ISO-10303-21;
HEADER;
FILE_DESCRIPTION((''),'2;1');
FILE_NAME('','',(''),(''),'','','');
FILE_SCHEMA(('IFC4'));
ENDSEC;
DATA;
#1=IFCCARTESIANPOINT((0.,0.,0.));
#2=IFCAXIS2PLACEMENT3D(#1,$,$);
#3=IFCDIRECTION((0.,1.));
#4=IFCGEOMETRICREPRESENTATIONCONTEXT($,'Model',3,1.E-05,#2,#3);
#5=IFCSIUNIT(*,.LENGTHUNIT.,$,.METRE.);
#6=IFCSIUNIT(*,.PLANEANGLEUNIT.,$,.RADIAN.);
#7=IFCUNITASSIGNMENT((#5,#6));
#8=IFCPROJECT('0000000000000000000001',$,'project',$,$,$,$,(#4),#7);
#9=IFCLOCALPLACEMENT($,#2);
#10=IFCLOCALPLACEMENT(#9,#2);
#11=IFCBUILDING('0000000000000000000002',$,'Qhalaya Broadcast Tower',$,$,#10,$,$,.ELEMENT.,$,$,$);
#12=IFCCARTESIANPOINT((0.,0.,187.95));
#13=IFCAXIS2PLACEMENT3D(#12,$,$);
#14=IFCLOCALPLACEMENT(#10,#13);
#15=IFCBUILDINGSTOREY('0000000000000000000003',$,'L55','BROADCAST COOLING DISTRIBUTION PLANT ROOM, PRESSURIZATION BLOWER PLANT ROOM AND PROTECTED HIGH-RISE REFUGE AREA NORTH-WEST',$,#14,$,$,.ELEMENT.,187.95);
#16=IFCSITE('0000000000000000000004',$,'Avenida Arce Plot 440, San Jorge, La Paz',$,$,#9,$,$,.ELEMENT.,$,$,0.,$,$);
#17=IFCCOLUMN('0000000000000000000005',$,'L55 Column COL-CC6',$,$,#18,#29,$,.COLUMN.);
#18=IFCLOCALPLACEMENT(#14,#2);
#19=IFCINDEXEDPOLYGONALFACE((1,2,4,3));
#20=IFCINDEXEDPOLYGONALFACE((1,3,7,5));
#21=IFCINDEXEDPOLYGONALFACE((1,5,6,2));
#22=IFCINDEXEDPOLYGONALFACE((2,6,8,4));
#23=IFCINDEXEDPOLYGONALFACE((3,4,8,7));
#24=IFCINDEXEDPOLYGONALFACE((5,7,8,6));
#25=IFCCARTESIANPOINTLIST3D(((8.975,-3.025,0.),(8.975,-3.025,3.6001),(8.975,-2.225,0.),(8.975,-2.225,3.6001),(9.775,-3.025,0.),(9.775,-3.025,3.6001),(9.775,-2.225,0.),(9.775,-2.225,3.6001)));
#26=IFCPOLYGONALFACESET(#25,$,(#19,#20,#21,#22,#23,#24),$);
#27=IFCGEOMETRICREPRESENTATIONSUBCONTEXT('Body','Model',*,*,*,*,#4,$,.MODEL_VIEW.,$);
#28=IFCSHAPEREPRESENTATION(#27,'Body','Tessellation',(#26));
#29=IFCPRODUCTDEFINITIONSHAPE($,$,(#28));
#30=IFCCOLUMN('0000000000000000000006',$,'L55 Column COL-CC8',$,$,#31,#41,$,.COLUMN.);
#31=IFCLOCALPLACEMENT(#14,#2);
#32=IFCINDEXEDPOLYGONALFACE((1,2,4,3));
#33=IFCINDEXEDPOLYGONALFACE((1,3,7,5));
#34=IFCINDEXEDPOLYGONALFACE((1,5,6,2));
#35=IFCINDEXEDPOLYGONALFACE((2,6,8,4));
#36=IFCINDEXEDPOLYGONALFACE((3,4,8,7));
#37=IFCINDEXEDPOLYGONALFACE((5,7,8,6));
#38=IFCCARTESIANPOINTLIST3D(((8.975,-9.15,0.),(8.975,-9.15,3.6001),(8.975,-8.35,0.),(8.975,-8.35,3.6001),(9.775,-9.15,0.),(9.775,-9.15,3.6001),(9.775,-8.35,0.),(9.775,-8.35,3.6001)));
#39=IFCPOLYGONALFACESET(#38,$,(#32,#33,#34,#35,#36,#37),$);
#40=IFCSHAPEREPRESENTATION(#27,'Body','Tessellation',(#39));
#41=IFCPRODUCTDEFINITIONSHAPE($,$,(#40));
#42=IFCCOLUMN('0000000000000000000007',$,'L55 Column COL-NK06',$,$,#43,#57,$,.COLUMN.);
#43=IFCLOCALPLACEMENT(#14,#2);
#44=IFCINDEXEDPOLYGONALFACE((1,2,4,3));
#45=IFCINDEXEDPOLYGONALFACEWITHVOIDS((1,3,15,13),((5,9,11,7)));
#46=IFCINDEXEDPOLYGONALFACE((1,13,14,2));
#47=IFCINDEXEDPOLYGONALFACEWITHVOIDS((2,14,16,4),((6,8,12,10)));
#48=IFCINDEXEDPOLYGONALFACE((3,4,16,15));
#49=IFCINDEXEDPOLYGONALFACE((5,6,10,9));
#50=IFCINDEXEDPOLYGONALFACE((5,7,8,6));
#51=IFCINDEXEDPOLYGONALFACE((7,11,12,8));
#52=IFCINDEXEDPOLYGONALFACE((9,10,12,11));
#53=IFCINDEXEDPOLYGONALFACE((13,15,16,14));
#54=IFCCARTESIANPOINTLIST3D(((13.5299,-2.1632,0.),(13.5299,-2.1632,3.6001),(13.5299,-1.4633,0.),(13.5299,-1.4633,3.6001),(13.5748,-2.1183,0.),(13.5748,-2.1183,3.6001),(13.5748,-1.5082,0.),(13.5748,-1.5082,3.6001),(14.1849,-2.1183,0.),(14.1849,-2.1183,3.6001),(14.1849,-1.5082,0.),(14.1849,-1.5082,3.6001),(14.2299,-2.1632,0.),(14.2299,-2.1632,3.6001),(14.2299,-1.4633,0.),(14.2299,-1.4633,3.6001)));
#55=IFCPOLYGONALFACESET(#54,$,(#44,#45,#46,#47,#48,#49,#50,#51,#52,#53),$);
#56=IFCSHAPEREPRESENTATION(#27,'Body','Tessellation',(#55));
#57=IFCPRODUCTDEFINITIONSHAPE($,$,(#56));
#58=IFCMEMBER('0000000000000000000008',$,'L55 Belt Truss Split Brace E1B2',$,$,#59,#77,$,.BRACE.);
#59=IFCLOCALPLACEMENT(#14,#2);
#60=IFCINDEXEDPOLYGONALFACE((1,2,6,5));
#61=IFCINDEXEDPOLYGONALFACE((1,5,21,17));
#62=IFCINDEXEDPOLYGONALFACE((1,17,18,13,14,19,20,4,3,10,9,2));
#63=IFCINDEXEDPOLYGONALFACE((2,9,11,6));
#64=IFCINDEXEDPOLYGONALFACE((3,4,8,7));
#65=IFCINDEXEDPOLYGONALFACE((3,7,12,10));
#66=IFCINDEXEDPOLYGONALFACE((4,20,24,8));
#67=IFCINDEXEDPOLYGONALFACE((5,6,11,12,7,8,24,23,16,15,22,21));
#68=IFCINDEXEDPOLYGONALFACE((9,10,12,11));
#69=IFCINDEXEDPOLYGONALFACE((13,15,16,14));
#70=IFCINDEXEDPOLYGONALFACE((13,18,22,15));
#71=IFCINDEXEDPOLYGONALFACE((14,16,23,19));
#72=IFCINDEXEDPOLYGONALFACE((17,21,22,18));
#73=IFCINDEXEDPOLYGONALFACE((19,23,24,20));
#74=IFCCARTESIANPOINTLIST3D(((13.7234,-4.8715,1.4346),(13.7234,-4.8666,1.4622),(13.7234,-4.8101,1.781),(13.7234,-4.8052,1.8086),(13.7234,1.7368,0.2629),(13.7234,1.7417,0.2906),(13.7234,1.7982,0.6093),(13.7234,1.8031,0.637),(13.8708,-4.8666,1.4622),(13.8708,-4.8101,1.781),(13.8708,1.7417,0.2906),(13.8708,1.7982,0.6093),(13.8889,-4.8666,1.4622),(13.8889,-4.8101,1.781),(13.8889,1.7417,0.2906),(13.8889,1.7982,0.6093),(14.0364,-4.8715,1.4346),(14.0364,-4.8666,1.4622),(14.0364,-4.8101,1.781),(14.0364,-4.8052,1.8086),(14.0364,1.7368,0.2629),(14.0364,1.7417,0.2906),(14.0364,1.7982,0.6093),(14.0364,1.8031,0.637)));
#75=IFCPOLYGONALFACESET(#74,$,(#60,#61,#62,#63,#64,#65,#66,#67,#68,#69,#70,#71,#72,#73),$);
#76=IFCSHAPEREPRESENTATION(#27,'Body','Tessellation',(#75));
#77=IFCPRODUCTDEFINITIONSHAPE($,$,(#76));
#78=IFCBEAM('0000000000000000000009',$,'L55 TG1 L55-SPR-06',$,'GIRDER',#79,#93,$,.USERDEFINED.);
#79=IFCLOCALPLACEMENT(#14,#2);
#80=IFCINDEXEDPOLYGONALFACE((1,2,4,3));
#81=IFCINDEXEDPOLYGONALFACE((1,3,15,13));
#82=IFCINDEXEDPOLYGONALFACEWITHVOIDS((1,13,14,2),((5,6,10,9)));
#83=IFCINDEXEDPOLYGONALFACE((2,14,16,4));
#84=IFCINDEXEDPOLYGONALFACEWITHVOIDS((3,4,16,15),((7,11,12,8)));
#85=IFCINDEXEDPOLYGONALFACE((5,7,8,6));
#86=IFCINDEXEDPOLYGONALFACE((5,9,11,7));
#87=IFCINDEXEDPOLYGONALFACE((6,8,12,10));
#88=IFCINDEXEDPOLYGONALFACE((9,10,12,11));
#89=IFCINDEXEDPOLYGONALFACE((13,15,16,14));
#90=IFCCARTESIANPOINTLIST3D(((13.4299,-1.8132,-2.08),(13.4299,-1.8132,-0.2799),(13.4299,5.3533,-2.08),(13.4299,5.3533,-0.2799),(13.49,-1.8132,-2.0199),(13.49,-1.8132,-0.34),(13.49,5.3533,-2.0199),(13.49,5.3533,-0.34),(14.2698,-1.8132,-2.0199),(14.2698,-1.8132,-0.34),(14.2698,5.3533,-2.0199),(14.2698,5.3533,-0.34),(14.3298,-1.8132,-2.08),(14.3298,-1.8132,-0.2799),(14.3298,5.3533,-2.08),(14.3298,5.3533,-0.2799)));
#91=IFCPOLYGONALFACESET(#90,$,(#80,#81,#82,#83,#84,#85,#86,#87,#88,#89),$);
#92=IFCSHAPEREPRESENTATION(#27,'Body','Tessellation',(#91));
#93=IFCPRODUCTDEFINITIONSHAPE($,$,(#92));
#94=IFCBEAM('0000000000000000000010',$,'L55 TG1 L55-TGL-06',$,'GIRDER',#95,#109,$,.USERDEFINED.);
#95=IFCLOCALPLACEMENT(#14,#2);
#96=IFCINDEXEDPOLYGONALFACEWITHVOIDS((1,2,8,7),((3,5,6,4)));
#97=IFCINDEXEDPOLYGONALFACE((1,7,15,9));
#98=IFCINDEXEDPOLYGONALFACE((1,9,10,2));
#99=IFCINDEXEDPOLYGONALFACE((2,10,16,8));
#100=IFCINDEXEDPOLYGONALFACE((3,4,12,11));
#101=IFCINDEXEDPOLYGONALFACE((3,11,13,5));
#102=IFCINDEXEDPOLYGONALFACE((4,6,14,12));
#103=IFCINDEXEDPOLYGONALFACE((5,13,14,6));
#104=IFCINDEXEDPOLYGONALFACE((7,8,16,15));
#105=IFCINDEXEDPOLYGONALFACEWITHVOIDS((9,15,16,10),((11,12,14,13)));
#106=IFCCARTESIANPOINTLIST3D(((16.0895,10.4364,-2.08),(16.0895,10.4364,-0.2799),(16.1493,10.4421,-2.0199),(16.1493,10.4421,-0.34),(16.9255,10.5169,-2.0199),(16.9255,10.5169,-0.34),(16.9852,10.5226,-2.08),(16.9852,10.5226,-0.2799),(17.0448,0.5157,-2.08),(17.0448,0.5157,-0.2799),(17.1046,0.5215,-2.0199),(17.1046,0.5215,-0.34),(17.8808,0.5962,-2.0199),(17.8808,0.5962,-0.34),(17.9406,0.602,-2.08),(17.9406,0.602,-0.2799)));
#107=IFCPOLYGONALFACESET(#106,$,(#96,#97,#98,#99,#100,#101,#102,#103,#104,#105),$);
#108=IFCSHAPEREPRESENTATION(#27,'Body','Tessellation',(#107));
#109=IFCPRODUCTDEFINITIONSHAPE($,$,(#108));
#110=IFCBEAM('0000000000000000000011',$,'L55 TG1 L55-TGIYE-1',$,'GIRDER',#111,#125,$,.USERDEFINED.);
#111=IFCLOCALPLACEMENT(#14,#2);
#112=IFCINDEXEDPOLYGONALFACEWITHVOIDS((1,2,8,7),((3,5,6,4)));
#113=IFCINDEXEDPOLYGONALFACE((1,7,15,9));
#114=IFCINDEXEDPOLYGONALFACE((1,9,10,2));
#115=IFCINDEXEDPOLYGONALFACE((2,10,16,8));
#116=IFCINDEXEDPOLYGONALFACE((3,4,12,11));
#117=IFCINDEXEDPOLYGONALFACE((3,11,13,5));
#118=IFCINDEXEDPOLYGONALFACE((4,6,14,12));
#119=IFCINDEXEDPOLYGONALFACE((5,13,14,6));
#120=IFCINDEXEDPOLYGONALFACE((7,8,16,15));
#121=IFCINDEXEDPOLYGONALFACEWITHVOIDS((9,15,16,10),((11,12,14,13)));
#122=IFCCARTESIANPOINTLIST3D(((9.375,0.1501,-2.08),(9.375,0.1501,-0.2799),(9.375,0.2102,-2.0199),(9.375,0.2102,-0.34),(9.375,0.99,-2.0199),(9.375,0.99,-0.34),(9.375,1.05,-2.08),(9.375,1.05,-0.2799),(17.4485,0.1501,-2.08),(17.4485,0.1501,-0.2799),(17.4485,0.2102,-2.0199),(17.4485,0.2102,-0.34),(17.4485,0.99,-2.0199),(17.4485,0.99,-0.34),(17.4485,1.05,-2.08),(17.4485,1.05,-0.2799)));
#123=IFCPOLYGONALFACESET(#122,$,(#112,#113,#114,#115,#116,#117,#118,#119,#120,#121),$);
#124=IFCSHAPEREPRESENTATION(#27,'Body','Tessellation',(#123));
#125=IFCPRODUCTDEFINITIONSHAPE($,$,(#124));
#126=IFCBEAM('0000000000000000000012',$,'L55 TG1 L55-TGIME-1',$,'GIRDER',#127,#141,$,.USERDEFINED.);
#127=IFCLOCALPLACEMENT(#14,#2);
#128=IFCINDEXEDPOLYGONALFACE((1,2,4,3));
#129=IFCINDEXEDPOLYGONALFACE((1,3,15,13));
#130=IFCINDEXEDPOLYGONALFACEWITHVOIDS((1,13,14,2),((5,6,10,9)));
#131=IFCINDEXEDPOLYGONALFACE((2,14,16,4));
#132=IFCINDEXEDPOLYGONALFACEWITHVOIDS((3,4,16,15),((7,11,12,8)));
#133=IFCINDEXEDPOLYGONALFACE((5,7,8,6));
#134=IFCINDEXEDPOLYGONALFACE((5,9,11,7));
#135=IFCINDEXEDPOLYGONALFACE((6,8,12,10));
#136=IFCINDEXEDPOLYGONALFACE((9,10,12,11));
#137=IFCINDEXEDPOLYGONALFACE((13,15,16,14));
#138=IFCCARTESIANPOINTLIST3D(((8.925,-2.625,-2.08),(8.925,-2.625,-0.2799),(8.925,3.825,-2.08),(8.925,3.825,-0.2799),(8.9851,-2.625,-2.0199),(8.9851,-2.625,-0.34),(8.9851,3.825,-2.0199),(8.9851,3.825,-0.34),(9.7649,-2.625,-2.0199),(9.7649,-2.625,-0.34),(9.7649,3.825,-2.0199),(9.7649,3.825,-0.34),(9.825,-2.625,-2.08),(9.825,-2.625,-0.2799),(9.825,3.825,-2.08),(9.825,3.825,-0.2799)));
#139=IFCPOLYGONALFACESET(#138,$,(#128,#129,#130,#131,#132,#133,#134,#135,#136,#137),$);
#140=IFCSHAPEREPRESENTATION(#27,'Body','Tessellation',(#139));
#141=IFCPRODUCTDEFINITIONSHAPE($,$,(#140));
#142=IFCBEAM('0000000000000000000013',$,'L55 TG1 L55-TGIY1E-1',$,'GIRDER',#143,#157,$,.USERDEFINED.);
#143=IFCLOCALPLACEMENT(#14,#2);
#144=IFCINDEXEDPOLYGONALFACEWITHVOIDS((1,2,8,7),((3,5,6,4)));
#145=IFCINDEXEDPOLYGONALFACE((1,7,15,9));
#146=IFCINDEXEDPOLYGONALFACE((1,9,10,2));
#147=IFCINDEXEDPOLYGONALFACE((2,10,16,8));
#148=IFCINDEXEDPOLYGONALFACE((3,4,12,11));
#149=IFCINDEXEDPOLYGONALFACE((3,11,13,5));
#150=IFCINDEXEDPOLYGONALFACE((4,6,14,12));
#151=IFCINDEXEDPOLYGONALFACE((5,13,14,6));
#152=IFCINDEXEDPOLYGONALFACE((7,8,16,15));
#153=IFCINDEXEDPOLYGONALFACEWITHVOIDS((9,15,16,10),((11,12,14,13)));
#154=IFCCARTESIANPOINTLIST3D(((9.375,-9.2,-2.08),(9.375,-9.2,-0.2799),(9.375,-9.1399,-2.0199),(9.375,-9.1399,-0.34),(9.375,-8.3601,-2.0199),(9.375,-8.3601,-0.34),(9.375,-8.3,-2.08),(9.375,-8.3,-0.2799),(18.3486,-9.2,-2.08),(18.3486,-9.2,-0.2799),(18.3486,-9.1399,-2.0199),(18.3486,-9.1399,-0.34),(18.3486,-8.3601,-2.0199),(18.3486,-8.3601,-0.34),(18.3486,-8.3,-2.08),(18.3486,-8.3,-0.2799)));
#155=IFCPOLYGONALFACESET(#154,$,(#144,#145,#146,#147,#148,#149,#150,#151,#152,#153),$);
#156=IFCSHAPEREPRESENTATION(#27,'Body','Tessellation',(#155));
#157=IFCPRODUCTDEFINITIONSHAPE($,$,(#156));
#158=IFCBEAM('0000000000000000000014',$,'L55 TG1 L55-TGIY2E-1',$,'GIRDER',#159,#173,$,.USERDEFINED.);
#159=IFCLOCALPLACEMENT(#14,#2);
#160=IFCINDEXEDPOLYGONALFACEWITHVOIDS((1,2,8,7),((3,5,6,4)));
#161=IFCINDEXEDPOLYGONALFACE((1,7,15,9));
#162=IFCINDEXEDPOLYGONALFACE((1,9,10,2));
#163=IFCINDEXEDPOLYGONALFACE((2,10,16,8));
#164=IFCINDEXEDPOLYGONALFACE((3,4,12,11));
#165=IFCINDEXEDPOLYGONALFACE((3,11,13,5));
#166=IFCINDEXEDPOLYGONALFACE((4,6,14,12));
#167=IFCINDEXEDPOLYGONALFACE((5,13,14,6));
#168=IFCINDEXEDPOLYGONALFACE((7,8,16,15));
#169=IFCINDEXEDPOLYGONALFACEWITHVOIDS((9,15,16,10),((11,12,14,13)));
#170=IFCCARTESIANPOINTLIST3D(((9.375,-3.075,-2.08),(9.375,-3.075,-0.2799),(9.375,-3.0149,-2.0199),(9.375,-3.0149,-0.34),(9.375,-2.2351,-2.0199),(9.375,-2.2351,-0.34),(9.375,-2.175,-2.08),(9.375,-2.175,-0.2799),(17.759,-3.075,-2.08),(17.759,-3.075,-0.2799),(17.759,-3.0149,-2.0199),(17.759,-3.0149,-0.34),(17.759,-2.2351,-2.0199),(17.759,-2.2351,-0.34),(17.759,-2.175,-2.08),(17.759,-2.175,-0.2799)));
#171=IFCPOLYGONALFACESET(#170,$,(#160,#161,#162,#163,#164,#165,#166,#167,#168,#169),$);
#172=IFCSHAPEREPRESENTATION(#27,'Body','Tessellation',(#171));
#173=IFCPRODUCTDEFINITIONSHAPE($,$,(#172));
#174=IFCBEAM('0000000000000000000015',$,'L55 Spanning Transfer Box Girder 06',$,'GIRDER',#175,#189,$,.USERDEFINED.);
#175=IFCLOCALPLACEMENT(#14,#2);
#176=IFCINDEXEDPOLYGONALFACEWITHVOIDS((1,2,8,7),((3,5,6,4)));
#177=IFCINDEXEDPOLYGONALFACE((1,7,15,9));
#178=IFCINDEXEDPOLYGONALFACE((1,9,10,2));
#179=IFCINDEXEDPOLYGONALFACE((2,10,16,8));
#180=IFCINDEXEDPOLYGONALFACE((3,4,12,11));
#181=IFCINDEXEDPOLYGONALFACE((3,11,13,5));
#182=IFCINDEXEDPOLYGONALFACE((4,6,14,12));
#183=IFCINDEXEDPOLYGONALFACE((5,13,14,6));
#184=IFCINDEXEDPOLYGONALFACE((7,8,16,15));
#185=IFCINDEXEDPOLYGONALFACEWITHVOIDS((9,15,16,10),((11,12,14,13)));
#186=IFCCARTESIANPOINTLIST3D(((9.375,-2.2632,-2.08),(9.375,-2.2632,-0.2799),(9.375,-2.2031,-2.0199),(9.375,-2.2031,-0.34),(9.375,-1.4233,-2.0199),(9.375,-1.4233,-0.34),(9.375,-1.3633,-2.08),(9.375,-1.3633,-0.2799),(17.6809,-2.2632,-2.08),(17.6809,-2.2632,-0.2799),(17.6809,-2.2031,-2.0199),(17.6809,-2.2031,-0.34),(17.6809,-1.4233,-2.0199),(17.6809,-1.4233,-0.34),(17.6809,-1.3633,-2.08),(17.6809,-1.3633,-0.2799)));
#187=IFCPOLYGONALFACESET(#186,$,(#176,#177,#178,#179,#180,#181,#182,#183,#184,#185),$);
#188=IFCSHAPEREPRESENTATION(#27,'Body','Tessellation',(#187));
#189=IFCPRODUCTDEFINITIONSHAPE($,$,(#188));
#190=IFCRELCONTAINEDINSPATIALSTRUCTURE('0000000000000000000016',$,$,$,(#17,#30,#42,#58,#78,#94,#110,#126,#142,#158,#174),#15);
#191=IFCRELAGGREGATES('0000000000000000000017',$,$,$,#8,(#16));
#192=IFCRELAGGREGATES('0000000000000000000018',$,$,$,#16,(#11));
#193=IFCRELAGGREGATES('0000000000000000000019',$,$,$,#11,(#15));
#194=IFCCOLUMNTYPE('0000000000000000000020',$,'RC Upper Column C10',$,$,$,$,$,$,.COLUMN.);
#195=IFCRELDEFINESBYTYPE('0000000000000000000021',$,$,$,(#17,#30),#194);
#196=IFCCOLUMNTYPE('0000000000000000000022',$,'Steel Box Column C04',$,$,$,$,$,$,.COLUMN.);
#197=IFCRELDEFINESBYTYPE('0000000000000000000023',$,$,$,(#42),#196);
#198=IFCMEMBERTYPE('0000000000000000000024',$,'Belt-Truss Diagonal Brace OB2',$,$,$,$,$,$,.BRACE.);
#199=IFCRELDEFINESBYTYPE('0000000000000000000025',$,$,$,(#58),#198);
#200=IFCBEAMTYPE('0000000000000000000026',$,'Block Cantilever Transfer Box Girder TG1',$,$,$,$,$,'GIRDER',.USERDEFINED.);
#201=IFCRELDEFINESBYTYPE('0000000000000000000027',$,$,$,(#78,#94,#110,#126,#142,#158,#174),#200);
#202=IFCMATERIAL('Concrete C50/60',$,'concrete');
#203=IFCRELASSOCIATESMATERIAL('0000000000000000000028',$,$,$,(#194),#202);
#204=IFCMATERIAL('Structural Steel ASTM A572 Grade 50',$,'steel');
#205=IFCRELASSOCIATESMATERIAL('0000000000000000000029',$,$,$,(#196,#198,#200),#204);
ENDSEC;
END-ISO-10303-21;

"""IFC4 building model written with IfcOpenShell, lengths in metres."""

from ifc_helpers import new_model, si_unit, direction, frame, origin, origin_2d, place, context, subcontext, project, spatial, rectangle, hollow_rectangle, i_section, extrude, material, material_profile, profile_set, type_object, element, save


model = new_model("IFC4")

# Units and contexts
model_context = context("Model", 3, precision=1e-05, world=origin(), true_north=direction((0.0, 1.0)))
body_context = subcontext(model_context, "Body", "Model", "MODEL_VIEW")
ifc_project = project(units=[si_unit("LENGTHUNIT", "METRE"), si_unit("PLANEANGLEUNIT", "RADIAN")], contexts=[model_context])

# Site, building, storey
site_placement = place(None, origin())
site = spatial("IfcSite", under=ifc_project, at=site_placement, Name="Avenida Arce Plot 440, San Jorge, La Paz", CompositionType="ELEMENT", RefElevation=0.0)
building_placement = place(site_placement, origin())
building = spatial("IfcBuilding", under=site, at=building_placement, Name="Qhalaya Broadcast Tower", CompositionType="ELEMENT")
storey_placement = place(building_placement, frame((0.0, 0.0, 187.95)))
storey = spatial("IfcBuildingStorey", under=building, at=storey_placement, Name="L55", Description="BROADCAST COOLING DISTRIBUTION PLANT ROOM, PRESSURIZATION BLOWER PLANT ROOM AND PROTECTED HIGH-RISE REFUGE AREA NORTH-WEST", CompositionType="ELEMENT", Elevation=187.95)

# Columns
ifc_material_1 = material(Name="Concrete C50/60", Category="concrete")
ifc_material_profile_1 = material_profile(ifc_material_1, rectangle(XDim=0.8, YDim=0.8, at=origin_2d()), Name="RC-COL 800x800")
ifc_profile_set_1 = profile_set([ifc_material_profile_1], Name="Concrete C50/60")
column_type_1 = type_object("IfcColumnType", Name="RC Upper Column C10", PredefinedType="COLUMN", material=ifc_profile_set_1)
for number, where, z_axis, x_axis, name in (
    (1, (9.375, -2.625, 0.0), (0.0, 0.0, 1.0), (1.0, 0.0, 0.0), "L55 Column COL-CC6"),
    (2, (9.375, -8.75, 0.0), (0.0, 0.0, 1.0), (1.0, 0.0, 0.0), "L55 Column COL-CC8"),
):
    element("IfcColumn", number, at=place(storey_placement, frame(where, z_axis=z_axis, x_axis=x_axis)), inside=storey, type_object=column_type_1, Name=name, PredefinedType="COLUMN", context=body_context, shape_type="SweptSolid", body=[
        extrude(rectangle(XDim=0.8, YDim=0.8, at=origin_2d()), origin(), (0.0, 0.0, 1.0), 3.6001),
    ])
ifc_material_2 = material(Name="Structural Steel ASTM A572 Grade 50", Category="steel")
ifc_material_profile_2 = material_profile(ifc_material_2, hollow_rectangle(XDim=0.7, YDim=0.7, WallThickness=0.0449, at=origin_2d()), Name="BOX 700x700x45")
ifc_profile_set_2 = profile_set([ifc_material_profile_2], Name="Structural Steel ASTM A572 Grade 50")
column_type_2 = type_object("IfcColumnType", Name="Steel Box Column C04", PredefinedType="COLUMN", material=ifc_profile_set_2)
column_placement = place(storey_placement, frame((13.8799, -1.8132, 0.0), z_axis=(0.0, 0.0, 1.0), x_axis=(0.0, 1.0, 0.0)))
element("IfcColumn", 3, at=column_placement, inside=storey, type_object=column_type_2, Name="L55 Column COL-NK06", PredefinedType="COLUMN", context=body_context, shape_type="SweptSolid", body=[
    extrude(hollow_rectangle(XDim=0.7, YDim=0.7, WallThickness=0.0449, at=origin_2d()), origin(), (0.0, 0.0, 1.0), 3.6001),
])

# Member
ifc_material_profile_3 = material_profile(ifc_material_2, i_section(OverallWidth=0.313, OverallDepth=0.3799, WebThickness=0.0181, FlangeThickness=0.0281, at=origin_2d()), Name="W12X120")
ifc_profile_set_3 = profile_set([ifc_material_profile_3], Name="Structural Steel ASTM A572 Grade 50")
member_type = type_object("IfcMemberType", Name="Belt-Truss Diagonal Brace OB2", PredefinedType="BRACE", material=ifc_profile_set_3)
member_placement = place(storey_placement, frame((13.8799, -4.8384, 1.6216), z_axis=(0.0, 0.984644, -0.174572), x_axis=(-1.0, 0.0, 0.0)))
element("IfcMember", 4, at=member_placement, inside=storey, type_object=member_type, Name="L55 Belt Truss Split Brace E1B2", PredefinedType="BRACE", context=body_context, shape_type="SweptSolid", body=[
    extrude(i_section(OverallWidth=0.313, OverallDepth=0.3799, WebThickness=0.0181, FlangeThickness=0.0281, at=origin_2d()), origin(), (0.0, 0.0, 1.0), 6.7114),
])

# Beams
ifc_material_profile_4 = material_profile(ifc_material_2, hollow_rectangle(XDim=0.8999, YDim=1.8, WallThickness=0.0601, at=origin_2d()), Name="BOX 900x1800x60")
ifc_profile_set_4 = profile_set([ifc_material_profile_4], Name="Structural Steel ASTM A572 Grade 50")
beam_type_1 = type_object("IfcBeamType", Name="Block Cantilever Transfer Box Girder TG1", ElementType="GIRDER", PredefinedType="USERDEFINED", material=ifc_profile_set_4)
beam_1_placement = place(storey_placement, frame((13.8799, -1.8132, -1.1799), z_axis=(0.0, 1.0, 0.0), x_axis=(-1.0, 0.0, 0.0)))
element("IfcBeam", 5, at=beam_1_placement, inside=storey, type_object=beam_type_1, Name="L55 TG1 L55-SPR-06", ObjectType="GIRDER", PredefinedType="USERDEFINED", context=body_context, shape_type="SweptSolid", body=[
    extrude(hollow_rectangle(XDim=0.8999, YDim=1.8, WallThickness=0.0601, at=origin_2d()), origin(), (0.0, 0.0, 1.0), 7.1665),
])
beam_2_placement = place(storey_placement, frame((17.4927, 0.5588, -1.1799), z_axis=(-0.095853, 0.995396, 0.0), x_axis=(-0.995396, -0.095853, 0.0)))
element("IfcBeam", 6, at=beam_2_placement, inside=storey, type_object=beam_type_1, Name="L55 TG1 L55-TGL-06", ObjectType="GIRDER", PredefinedType="USERDEFINED", context=body_context, shape_type="SweptSolid", body=[
    extrude(hollow_rectangle(XDim=0.8999, YDim=1.8, WallThickness=0.0601, at=origin_2d()), origin(), (0.0, 0.0, 1.0), 9.9666),
])
beam_3_placement = place(storey_placement, frame((9.375, 0.6001, -1.1799), z_axis=(1.0, 0.0, 0.0), x_axis=(0.0, 1.0, 0.0)))
element("IfcBeam", 7, at=beam_3_placement, inside=storey, type_object=beam_type_1, Name="L55 TG1 L55-TGIYE-1", ObjectType="GIRDER", PredefinedType="USERDEFINED", context=body_context, shape_type="SweptSolid", body=[
    extrude(hollow_rectangle(XDim=0.8999, YDim=1.8, WallThickness=0.0601, at=origin_2d()), origin(), (0.0, 0.0, 1.0), 8.0735),
])
beam_4_placement = place(storey_placement, frame((9.375, -2.625, -1.1799), z_axis=(0.0, 1.0, 0.0), x_axis=(-1.0, 0.0, 0.0)))
element("IfcBeam", 8, at=beam_4_placement, inside=storey, type_object=beam_type_1, Name="L55 TG1 L55-TGIME-1", ObjectType="GIRDER", PredefinedType="USERDEFINED", context=body_context, shape_type="SweptSolid", body=[
    extrude(hollow_rectangle(XDim=0.8999, YDim=1.8, WallThickness=0.0601, at=origin_2d()), origin(), (0.0, 0.0, 1.0), 6.45),
])
beam_5_placement = place(storey_placement, frame((9.375, -8.75, -1.1799), z_axis=(1.0, 0.0, 0.0), x_axis=(0.0, 1.0, 0.0)))
element("IfcBeam", 9, at=beam_5_placement, inside=storey, type_object=beam_type_1, Name="L55 TG1 L55-TGIY1E-1", ObjectType="GIRDER", PredefinedType="USERDEFINED", context=body_context, shape_type="SweptSolid", body=[
    extrude(hollow_rectangle(XDim=0.8999, YDim=1.8, WallThickness=0.0601, at=origin_2d()), origin(), (0.0, 0.0, 1.0), 8.9736),
])
beam_6_placement = place(storey_placement, frame((9.375, -2.625, -1.1799), z_axis=(1.0, 0.0, 0.0), x_axis=(0.0, 1.0, 0.0)))
element("IfcBeam", 10, at=beam_6_placement, inside=storey, type_object=beam_type_1, Name="L55 TG1 L55-TGIY2E-1", ObjectType="GIRDER", PredefinedType="USERDEFINED", context=body_context, shape_type="SweptSolid", body=[
    extrude(hollow_rectangle(XDim=0.8999, YDim=1.8, WallThickness=0.0601, at=origin_2d()), origin(), (0.0, 0.0, 1.0), 8.384),
])
beam_7_placement = place(storey_placement, frame((9.375, -1.8132, -1.1799), z_axis=(1.0, 0.0, 0.0), x_axis=(0.0, 1.0, 0.0)))
element("IfcBeam", 11, at=beam_7_placement, inside=storey, type_object=beam_type_1, Name="L55 Spanning Transfer Box Girder 06", ObjectType="GIRDER", PredefinedType="USERDEFINED", context=body_context, shape_type="SweptSolid", body=[
    extrude(hollow_rectangle(XDim=0.8999, YDim=1.8, WallThickness=0.0601, at=origin_2d()), origin(), (0.0, 0.0, 1.0), 8.3059),
])

save(model, "model.ifc")
